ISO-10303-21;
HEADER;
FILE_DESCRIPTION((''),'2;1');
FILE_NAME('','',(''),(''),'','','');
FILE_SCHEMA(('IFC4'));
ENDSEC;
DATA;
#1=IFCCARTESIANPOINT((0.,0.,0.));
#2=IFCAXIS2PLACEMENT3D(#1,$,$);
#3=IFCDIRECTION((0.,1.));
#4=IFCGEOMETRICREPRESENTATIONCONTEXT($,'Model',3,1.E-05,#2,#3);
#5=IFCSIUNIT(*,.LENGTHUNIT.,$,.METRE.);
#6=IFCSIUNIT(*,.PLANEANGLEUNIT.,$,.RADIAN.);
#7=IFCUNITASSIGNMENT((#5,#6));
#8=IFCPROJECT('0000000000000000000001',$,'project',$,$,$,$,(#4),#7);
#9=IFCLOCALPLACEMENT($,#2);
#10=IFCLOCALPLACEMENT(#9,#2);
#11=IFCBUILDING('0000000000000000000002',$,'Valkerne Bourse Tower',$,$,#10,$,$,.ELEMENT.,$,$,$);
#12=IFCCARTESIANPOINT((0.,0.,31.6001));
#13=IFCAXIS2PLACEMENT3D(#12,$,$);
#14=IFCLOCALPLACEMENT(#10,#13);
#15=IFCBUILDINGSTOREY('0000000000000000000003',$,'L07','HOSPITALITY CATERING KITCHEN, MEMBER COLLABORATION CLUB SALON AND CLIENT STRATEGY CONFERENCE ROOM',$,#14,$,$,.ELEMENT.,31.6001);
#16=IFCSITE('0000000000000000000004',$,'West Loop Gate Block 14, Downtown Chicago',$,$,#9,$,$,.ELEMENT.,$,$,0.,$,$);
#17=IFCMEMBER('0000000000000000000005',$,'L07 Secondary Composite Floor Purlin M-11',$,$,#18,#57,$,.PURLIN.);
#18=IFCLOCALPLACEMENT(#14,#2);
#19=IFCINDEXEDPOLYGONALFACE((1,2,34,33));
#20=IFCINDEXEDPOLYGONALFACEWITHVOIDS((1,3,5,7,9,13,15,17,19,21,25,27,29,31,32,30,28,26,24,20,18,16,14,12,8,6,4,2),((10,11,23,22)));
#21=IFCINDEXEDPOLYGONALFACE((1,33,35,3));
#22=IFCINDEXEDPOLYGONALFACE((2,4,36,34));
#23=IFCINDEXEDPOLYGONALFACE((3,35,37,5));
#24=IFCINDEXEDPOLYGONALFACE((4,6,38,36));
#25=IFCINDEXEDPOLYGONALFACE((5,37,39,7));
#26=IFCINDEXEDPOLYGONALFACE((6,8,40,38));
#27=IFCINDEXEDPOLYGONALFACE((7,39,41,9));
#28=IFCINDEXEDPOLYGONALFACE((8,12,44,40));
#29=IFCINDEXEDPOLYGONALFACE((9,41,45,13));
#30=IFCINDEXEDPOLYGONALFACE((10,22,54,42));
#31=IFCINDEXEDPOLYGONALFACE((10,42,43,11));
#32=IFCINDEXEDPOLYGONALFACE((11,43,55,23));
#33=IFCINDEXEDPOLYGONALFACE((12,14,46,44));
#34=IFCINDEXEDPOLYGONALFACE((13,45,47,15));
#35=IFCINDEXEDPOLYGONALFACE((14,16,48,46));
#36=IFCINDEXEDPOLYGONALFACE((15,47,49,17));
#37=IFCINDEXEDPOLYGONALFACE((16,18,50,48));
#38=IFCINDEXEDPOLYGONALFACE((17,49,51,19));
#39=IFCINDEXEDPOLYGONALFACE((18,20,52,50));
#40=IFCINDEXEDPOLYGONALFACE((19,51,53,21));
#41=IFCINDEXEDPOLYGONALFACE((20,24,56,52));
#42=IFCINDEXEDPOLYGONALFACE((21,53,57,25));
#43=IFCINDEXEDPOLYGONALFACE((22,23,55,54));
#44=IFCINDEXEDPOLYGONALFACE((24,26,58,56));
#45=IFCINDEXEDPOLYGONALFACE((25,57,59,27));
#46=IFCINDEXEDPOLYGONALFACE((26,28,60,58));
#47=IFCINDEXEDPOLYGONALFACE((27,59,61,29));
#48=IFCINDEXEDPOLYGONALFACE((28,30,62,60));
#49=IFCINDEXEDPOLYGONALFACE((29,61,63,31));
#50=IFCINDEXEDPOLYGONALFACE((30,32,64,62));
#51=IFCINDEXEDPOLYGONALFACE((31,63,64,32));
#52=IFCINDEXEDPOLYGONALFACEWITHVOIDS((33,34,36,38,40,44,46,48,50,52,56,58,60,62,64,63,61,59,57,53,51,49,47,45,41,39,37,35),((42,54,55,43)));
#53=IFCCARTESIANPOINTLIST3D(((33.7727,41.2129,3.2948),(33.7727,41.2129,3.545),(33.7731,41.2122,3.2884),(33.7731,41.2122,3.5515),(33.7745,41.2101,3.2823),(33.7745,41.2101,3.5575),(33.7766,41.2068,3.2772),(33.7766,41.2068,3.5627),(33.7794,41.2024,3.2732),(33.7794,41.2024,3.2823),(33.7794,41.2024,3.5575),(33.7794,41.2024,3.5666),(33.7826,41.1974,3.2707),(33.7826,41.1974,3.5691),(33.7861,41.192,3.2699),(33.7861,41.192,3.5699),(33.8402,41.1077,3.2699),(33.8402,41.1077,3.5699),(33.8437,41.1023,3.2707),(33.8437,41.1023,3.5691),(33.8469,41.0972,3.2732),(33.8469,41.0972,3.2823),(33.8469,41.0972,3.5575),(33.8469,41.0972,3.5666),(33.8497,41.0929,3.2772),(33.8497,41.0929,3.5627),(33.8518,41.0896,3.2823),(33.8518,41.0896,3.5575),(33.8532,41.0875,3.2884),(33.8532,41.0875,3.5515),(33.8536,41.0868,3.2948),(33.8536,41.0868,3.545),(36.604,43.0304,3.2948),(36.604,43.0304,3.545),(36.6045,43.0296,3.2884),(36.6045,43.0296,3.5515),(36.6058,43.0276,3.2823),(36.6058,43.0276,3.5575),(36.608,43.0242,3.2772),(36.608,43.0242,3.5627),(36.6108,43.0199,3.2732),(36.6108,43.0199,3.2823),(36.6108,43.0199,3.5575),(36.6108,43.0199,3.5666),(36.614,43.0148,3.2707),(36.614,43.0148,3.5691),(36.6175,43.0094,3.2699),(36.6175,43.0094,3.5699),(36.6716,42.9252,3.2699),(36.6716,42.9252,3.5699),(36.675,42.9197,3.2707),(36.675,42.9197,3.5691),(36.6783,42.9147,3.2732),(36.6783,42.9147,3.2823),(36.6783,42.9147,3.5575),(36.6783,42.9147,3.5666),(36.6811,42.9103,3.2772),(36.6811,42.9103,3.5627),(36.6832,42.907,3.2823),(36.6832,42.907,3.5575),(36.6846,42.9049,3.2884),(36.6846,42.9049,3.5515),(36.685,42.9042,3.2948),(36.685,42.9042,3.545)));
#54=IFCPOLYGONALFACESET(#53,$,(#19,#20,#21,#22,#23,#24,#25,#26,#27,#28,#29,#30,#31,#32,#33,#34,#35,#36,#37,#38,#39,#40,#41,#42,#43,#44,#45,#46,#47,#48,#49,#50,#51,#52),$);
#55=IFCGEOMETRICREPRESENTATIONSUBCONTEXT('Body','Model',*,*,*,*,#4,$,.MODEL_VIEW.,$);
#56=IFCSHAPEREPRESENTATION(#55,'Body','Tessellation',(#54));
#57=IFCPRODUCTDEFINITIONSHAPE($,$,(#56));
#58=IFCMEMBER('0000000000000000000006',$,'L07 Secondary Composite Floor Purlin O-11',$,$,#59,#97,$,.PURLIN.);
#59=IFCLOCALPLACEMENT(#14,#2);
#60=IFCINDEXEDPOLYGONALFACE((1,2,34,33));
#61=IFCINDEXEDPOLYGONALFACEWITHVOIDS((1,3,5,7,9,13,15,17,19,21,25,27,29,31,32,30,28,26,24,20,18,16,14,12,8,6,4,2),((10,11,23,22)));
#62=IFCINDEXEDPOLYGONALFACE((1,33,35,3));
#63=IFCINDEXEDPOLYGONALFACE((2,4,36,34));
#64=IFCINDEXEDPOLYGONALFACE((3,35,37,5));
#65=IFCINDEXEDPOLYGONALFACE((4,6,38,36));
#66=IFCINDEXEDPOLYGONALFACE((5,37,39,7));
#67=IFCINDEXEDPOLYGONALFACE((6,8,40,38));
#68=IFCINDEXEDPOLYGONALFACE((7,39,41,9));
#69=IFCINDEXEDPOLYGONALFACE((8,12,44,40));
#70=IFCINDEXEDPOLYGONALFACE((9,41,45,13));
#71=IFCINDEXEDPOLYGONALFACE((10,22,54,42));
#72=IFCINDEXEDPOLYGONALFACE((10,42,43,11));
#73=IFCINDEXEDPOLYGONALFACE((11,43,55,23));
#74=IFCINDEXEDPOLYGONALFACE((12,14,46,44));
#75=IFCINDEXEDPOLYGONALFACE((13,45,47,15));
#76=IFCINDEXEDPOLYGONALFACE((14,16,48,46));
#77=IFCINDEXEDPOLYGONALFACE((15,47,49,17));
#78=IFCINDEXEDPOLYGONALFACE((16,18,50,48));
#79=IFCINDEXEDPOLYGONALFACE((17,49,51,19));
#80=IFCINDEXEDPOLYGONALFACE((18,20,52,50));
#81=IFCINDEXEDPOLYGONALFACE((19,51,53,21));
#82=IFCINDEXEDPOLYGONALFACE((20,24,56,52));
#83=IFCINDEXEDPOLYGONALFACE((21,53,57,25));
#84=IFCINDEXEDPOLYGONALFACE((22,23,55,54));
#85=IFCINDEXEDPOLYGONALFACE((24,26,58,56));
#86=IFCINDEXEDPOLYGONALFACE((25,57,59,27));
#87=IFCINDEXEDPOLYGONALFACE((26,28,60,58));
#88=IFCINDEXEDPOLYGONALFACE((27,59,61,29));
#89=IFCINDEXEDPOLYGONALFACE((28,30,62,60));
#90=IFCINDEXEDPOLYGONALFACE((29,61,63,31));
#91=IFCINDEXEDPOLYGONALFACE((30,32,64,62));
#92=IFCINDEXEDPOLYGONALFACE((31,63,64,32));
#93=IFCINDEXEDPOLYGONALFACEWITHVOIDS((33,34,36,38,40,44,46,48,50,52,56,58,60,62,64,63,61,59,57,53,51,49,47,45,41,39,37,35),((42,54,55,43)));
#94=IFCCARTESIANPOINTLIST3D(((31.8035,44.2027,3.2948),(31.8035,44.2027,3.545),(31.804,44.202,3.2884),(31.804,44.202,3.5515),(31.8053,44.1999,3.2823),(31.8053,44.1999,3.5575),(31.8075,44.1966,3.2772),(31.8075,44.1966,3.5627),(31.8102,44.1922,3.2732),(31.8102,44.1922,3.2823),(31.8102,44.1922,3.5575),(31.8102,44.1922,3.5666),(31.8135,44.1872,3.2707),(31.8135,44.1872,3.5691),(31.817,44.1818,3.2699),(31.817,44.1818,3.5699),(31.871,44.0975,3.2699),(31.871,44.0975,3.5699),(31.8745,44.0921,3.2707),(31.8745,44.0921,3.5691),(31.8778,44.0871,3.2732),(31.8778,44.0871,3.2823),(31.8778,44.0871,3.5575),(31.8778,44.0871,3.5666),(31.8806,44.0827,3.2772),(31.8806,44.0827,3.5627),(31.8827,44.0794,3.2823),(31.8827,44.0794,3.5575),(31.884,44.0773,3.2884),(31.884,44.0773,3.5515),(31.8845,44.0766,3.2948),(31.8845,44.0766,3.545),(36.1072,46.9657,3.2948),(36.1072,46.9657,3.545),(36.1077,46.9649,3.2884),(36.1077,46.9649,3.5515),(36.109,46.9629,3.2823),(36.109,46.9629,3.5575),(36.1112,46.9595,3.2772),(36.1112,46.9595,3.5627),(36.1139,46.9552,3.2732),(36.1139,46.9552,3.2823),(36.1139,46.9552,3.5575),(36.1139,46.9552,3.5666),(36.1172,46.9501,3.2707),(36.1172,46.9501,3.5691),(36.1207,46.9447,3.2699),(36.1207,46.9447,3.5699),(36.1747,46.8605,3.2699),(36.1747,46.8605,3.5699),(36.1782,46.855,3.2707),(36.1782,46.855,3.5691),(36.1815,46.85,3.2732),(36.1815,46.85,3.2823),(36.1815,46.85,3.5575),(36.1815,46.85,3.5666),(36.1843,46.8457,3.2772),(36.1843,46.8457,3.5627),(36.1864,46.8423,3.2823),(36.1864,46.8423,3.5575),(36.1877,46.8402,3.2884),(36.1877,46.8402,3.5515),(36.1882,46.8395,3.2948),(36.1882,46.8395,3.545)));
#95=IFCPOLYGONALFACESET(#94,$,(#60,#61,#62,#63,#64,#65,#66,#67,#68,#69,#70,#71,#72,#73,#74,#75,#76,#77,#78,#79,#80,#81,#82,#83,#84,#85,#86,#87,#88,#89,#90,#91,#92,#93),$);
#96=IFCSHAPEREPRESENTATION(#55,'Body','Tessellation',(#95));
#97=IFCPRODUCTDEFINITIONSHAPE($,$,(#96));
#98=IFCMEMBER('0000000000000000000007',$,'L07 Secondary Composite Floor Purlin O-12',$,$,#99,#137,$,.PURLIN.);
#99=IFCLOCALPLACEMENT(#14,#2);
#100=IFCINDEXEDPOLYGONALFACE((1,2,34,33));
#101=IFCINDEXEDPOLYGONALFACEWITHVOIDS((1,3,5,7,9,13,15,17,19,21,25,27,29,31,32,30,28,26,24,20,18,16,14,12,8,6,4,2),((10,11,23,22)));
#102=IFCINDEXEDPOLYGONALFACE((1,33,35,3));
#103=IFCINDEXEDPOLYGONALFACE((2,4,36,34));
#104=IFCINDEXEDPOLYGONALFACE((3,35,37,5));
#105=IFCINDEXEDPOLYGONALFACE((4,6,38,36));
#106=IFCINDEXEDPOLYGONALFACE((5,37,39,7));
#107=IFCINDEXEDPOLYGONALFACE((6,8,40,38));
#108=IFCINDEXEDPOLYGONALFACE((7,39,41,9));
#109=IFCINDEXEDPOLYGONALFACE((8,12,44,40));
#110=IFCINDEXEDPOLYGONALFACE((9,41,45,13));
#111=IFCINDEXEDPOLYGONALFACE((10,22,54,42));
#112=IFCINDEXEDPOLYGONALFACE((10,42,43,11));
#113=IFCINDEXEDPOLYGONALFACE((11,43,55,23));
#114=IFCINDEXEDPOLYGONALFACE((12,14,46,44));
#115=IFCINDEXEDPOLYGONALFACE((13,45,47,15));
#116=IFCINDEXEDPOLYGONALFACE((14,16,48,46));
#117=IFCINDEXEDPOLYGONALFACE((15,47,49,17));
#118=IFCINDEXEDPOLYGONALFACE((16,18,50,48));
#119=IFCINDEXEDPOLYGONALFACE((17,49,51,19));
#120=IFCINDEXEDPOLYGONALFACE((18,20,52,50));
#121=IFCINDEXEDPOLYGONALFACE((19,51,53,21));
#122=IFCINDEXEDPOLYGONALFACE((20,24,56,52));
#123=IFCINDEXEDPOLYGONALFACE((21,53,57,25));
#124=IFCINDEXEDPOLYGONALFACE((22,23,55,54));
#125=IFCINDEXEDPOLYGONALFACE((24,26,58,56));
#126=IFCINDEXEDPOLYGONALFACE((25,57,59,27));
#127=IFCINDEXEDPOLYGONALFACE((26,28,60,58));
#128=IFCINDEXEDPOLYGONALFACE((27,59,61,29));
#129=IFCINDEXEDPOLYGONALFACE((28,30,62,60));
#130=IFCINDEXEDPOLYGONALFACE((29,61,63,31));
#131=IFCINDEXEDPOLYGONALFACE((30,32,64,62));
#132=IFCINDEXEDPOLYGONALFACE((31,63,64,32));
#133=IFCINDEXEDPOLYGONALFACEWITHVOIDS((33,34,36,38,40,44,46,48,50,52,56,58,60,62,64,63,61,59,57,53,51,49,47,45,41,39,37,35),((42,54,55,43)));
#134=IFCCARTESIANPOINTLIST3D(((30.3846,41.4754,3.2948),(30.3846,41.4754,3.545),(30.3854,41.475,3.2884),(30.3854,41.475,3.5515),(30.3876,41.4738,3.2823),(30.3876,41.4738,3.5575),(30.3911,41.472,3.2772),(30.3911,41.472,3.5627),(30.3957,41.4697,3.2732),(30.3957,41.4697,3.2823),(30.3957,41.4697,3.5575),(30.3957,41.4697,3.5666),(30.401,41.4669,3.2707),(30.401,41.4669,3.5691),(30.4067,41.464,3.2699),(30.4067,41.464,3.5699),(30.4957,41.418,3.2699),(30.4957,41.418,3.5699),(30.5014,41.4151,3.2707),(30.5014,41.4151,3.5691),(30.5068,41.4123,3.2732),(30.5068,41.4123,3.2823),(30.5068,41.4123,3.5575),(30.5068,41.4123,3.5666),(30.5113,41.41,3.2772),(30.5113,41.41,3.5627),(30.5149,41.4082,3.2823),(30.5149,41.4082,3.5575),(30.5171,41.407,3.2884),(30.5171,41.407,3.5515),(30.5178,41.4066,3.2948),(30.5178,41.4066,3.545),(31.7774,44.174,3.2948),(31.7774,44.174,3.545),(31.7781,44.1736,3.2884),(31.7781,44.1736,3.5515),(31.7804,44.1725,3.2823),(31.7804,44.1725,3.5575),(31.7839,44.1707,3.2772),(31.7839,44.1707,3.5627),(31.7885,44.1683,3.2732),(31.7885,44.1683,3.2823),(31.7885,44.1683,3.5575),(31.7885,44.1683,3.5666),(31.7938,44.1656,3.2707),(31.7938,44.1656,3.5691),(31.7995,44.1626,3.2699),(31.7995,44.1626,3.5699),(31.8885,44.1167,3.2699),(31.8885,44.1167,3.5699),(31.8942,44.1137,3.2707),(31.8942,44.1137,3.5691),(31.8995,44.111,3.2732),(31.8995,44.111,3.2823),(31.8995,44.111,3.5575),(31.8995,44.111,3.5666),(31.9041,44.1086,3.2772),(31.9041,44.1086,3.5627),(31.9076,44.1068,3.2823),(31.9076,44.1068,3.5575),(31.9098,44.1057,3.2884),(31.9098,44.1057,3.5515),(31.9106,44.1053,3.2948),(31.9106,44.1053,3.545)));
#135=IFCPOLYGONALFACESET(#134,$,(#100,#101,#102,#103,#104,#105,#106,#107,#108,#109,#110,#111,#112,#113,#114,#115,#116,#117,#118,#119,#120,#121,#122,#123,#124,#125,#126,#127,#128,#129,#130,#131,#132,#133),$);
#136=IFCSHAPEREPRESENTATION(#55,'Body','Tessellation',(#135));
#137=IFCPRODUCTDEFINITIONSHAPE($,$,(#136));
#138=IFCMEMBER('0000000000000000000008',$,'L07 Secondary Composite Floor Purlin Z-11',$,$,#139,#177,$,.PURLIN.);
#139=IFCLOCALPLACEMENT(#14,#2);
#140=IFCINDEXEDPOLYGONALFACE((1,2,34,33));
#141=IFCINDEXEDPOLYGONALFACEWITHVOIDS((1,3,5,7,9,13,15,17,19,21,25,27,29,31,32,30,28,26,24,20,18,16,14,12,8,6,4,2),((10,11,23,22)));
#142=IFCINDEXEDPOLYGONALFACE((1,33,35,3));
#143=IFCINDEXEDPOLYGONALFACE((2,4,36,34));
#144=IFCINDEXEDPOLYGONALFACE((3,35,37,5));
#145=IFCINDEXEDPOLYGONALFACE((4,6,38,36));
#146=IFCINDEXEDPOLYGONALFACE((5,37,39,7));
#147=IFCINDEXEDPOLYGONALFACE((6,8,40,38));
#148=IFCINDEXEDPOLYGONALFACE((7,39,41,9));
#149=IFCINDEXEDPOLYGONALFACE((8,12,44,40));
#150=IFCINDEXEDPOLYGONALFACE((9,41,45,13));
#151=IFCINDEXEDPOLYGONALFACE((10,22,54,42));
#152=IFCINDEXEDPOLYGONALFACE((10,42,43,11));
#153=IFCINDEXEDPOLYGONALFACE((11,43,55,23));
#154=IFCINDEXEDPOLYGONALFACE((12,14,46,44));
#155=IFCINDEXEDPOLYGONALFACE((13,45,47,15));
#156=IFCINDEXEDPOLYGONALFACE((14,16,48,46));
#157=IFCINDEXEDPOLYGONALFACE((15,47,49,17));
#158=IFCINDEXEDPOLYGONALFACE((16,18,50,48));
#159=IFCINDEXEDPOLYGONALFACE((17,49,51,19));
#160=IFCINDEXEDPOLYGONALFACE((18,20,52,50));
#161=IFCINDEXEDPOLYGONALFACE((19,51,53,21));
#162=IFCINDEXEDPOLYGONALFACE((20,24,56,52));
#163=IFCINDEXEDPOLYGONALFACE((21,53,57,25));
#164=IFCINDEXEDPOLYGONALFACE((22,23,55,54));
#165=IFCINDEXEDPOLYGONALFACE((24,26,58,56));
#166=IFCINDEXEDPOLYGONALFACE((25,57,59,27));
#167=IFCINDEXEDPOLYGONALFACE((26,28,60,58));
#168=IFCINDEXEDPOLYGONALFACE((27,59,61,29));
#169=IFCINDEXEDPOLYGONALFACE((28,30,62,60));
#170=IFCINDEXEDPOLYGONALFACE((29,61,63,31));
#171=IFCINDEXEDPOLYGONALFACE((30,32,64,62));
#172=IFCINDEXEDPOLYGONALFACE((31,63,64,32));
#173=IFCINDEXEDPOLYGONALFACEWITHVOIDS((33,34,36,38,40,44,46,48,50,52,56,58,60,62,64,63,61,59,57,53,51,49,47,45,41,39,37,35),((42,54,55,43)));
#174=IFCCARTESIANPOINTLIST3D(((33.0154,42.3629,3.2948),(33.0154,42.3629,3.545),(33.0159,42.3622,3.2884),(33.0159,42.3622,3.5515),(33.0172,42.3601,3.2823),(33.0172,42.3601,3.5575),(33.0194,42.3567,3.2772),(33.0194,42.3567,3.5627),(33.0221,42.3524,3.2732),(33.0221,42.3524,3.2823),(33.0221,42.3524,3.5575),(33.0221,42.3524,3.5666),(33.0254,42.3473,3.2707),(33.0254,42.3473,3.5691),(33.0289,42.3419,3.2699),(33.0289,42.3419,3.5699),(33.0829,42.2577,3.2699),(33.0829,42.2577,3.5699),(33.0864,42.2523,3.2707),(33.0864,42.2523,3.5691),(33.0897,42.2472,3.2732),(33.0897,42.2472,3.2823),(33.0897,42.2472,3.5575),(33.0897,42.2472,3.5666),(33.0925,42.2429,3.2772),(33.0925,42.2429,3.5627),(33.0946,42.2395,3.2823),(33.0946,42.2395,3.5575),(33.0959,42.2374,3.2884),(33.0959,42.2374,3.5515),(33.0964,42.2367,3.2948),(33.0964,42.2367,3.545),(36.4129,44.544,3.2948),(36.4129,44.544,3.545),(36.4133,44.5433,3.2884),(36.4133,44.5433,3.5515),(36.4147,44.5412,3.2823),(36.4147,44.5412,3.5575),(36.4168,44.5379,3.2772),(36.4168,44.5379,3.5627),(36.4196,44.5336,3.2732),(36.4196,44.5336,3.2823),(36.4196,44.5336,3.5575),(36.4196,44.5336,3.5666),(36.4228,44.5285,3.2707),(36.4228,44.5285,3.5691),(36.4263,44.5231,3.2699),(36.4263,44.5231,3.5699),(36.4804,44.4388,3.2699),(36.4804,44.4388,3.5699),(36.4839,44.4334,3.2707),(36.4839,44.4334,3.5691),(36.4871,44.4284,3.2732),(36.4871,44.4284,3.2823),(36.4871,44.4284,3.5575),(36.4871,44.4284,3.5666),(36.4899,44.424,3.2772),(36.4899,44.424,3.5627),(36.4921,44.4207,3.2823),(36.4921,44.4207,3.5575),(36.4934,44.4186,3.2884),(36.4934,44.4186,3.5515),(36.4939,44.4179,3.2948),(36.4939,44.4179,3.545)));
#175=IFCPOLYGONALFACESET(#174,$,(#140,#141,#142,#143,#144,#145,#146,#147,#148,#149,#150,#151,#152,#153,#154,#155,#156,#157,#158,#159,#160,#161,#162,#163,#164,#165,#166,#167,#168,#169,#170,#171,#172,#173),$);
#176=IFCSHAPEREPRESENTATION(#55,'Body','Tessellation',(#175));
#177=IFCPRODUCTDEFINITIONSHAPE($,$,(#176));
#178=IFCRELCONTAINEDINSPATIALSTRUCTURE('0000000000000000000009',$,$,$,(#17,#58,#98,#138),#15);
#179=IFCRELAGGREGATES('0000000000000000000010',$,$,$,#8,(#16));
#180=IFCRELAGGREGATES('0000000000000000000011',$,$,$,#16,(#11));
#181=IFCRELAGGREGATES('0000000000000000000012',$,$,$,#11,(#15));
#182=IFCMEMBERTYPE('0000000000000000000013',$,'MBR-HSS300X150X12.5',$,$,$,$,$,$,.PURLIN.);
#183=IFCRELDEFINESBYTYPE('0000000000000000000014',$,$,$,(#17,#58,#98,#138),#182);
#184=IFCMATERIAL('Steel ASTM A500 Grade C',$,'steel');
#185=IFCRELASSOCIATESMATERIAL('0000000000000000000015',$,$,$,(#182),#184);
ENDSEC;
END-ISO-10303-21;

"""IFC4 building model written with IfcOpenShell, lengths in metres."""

from ifc_helpers import new_model, si_unit, direction, frame, origin, origin_2d, place, context, subcontext, project, spatial, hollow_rectangle, extrude, material, material_profile, profile_set, type_object, element, save


model = new_model("IFC4")

# Units and contexts
model_context = context("Model", 3, precision=1e-05, world=origin(), true_north=direction((0.0, 1.0)))
body_context = subcontext(model_context, "Body", "Model", "MODEL_VIEW")
ifc_project = project(units=[si_unit("LENGTHUNIT", "METRE"), si_unit("PLANEANGLEUNIT", "RADIAN")], contexts=[model_context])

# Site, building, storey
site_placement = place(None, origin())
site = spatial("IfcSite", under=ifc_project, at=site_placement, Name="West Loop Gate Block 14, Downtown Chicago", CompositionType="ELEMENT", RefElevation=0.0)
building_placement = place(site_placement, origin())
building = spatial("IfcBuilding", under=site, at=building_placement, Name="Valkerne Bourse Tower", CompositionType="ELEMENT")
storey_placement = place(building_placement, frame((0.0, 0.0, 31.6001)))
storey = spatial("IfcBuildingStorey", under=building, at=storey_placement, Name="L07", Description="HOSPITALITY CATERING KITCHEN, MEMBER COLLABORATION CLUB SALON AND CLIENT STRATEGY CONFERENCE ROOM", CompositionType="ELEMENT", Elevation=31.6001)

# Members
ifc_material_1 = material(Name="Steel ASTM A500 Grade C", Category="steel")
ifc_material_profile_1 = material_profile(ifc_material_1, hollow_rectangle(XDim=0.1499, YDim=0.3, WallThickness=0.0125, OuterFilletRadius=0.0249, at=origin_2d()), Name="HSS300X150X12.5")
ifc_profile_set_1 = profile_set([ifc_material_profile_1], Name="Steel ASTM A500 Grade C")
member_type_1 = type_object("IfcMemberType", Name="MBR-HSS300X150X12.5", PredefinedType="PURLIN", material=ifc_profile_set_1)
member_1_placement = place(storey_placement, frame((36.6445, 42.9673, 3.4199), z_axis=(-0.841548, -0.540182, 0.0), x_axis=(0.540182, -0.841548, 0.0)))
element("IfcMember", 1, at=member_1_placement, inside=storey, type_object=member_type_1, Name="L07 Secondary Composite Floor Purlin M-11", PredefinedType="PURLIN", context=body_context, shape_type="SweptSolid", body=[
    extrude(hollow_rectangle(XDim=0.1499, YDim=0.3, WallThickness=0.0125, OuterFilletRadius=0.0249, at=origin_2d()), origin(), (0.0, 0.0, 1.0), 3.3645),
])
member_2_placement = place(storey_placement, frame((36.1477, 46.9026, 3.4199), z_axis=(-0.84151, -0.540241, 0.0), x_axis=(0.540241, -0.84151, 0.0)))
element("IfcMember", 2, at=member_2_placement, inside=storey, type_object=member_type_1, Name="L07 Secondary Composite Floor Purlin O-11", PredefinedType="PURLIN", context=body_context, shape_type="SweptSolid", body=[
    extrude(hollow_rectangle(XDim=0.1499, YDim=0.3, WallThickness=0.0125, OuterFilletRadius=0.0249, at=origin_2d()), origin(), (0.0, 0.0, 1.0), 5.1143),
])
member_3_placement = place(storey_placement, frame((31.844, 44.1396, 3.4199), z_axis=(-0.458624, -0.88863, 0.0), x_axis=(0.88863, -0.458624, 0.0)))
element("IfcMember", 3, at=member_3_placement, inside=storey, type_object=member_type_1, Name="L07 Secondary Composite Floor Purlin O-12", PredefinedType="PURLIN", context=body_context, shape_type="SweptSolid", body=[
    extrude(hollow_rectangle(XDim=0.1499, YDim=0.3, WallThickness=0.0125, OuterFilletRadius=0.0249, at=origin_2d()), origin(), (0.0, 0.0, 1.0), 3.0369),
])
member_4_placement = place(storey_placement, frame((36.4534, 44.481, 3.4199), z_axis=(-0.841508, -0.540244, 0.0), x_axis=(0.540244, -0.841508, 0.0)))
element("IfcMember", 4, at=member_4_placement, inside=storey, type_object=member_type_1, Name="L07 Secondary Composite Floor Purlin Z-11", PredefinedType="PURLIN", context=body_context, shape_type="SweptSolid", body=[
    extrude(hollow_rectangle(XDim=0.1499, YDim=0.3, WallThickness=0.0125, OuterFilletRadius=0.0249, at=origin_2d()), origin(), (0.0, 0.0, 1.0), 4.0374),
])

save(model, "model.ifc")
